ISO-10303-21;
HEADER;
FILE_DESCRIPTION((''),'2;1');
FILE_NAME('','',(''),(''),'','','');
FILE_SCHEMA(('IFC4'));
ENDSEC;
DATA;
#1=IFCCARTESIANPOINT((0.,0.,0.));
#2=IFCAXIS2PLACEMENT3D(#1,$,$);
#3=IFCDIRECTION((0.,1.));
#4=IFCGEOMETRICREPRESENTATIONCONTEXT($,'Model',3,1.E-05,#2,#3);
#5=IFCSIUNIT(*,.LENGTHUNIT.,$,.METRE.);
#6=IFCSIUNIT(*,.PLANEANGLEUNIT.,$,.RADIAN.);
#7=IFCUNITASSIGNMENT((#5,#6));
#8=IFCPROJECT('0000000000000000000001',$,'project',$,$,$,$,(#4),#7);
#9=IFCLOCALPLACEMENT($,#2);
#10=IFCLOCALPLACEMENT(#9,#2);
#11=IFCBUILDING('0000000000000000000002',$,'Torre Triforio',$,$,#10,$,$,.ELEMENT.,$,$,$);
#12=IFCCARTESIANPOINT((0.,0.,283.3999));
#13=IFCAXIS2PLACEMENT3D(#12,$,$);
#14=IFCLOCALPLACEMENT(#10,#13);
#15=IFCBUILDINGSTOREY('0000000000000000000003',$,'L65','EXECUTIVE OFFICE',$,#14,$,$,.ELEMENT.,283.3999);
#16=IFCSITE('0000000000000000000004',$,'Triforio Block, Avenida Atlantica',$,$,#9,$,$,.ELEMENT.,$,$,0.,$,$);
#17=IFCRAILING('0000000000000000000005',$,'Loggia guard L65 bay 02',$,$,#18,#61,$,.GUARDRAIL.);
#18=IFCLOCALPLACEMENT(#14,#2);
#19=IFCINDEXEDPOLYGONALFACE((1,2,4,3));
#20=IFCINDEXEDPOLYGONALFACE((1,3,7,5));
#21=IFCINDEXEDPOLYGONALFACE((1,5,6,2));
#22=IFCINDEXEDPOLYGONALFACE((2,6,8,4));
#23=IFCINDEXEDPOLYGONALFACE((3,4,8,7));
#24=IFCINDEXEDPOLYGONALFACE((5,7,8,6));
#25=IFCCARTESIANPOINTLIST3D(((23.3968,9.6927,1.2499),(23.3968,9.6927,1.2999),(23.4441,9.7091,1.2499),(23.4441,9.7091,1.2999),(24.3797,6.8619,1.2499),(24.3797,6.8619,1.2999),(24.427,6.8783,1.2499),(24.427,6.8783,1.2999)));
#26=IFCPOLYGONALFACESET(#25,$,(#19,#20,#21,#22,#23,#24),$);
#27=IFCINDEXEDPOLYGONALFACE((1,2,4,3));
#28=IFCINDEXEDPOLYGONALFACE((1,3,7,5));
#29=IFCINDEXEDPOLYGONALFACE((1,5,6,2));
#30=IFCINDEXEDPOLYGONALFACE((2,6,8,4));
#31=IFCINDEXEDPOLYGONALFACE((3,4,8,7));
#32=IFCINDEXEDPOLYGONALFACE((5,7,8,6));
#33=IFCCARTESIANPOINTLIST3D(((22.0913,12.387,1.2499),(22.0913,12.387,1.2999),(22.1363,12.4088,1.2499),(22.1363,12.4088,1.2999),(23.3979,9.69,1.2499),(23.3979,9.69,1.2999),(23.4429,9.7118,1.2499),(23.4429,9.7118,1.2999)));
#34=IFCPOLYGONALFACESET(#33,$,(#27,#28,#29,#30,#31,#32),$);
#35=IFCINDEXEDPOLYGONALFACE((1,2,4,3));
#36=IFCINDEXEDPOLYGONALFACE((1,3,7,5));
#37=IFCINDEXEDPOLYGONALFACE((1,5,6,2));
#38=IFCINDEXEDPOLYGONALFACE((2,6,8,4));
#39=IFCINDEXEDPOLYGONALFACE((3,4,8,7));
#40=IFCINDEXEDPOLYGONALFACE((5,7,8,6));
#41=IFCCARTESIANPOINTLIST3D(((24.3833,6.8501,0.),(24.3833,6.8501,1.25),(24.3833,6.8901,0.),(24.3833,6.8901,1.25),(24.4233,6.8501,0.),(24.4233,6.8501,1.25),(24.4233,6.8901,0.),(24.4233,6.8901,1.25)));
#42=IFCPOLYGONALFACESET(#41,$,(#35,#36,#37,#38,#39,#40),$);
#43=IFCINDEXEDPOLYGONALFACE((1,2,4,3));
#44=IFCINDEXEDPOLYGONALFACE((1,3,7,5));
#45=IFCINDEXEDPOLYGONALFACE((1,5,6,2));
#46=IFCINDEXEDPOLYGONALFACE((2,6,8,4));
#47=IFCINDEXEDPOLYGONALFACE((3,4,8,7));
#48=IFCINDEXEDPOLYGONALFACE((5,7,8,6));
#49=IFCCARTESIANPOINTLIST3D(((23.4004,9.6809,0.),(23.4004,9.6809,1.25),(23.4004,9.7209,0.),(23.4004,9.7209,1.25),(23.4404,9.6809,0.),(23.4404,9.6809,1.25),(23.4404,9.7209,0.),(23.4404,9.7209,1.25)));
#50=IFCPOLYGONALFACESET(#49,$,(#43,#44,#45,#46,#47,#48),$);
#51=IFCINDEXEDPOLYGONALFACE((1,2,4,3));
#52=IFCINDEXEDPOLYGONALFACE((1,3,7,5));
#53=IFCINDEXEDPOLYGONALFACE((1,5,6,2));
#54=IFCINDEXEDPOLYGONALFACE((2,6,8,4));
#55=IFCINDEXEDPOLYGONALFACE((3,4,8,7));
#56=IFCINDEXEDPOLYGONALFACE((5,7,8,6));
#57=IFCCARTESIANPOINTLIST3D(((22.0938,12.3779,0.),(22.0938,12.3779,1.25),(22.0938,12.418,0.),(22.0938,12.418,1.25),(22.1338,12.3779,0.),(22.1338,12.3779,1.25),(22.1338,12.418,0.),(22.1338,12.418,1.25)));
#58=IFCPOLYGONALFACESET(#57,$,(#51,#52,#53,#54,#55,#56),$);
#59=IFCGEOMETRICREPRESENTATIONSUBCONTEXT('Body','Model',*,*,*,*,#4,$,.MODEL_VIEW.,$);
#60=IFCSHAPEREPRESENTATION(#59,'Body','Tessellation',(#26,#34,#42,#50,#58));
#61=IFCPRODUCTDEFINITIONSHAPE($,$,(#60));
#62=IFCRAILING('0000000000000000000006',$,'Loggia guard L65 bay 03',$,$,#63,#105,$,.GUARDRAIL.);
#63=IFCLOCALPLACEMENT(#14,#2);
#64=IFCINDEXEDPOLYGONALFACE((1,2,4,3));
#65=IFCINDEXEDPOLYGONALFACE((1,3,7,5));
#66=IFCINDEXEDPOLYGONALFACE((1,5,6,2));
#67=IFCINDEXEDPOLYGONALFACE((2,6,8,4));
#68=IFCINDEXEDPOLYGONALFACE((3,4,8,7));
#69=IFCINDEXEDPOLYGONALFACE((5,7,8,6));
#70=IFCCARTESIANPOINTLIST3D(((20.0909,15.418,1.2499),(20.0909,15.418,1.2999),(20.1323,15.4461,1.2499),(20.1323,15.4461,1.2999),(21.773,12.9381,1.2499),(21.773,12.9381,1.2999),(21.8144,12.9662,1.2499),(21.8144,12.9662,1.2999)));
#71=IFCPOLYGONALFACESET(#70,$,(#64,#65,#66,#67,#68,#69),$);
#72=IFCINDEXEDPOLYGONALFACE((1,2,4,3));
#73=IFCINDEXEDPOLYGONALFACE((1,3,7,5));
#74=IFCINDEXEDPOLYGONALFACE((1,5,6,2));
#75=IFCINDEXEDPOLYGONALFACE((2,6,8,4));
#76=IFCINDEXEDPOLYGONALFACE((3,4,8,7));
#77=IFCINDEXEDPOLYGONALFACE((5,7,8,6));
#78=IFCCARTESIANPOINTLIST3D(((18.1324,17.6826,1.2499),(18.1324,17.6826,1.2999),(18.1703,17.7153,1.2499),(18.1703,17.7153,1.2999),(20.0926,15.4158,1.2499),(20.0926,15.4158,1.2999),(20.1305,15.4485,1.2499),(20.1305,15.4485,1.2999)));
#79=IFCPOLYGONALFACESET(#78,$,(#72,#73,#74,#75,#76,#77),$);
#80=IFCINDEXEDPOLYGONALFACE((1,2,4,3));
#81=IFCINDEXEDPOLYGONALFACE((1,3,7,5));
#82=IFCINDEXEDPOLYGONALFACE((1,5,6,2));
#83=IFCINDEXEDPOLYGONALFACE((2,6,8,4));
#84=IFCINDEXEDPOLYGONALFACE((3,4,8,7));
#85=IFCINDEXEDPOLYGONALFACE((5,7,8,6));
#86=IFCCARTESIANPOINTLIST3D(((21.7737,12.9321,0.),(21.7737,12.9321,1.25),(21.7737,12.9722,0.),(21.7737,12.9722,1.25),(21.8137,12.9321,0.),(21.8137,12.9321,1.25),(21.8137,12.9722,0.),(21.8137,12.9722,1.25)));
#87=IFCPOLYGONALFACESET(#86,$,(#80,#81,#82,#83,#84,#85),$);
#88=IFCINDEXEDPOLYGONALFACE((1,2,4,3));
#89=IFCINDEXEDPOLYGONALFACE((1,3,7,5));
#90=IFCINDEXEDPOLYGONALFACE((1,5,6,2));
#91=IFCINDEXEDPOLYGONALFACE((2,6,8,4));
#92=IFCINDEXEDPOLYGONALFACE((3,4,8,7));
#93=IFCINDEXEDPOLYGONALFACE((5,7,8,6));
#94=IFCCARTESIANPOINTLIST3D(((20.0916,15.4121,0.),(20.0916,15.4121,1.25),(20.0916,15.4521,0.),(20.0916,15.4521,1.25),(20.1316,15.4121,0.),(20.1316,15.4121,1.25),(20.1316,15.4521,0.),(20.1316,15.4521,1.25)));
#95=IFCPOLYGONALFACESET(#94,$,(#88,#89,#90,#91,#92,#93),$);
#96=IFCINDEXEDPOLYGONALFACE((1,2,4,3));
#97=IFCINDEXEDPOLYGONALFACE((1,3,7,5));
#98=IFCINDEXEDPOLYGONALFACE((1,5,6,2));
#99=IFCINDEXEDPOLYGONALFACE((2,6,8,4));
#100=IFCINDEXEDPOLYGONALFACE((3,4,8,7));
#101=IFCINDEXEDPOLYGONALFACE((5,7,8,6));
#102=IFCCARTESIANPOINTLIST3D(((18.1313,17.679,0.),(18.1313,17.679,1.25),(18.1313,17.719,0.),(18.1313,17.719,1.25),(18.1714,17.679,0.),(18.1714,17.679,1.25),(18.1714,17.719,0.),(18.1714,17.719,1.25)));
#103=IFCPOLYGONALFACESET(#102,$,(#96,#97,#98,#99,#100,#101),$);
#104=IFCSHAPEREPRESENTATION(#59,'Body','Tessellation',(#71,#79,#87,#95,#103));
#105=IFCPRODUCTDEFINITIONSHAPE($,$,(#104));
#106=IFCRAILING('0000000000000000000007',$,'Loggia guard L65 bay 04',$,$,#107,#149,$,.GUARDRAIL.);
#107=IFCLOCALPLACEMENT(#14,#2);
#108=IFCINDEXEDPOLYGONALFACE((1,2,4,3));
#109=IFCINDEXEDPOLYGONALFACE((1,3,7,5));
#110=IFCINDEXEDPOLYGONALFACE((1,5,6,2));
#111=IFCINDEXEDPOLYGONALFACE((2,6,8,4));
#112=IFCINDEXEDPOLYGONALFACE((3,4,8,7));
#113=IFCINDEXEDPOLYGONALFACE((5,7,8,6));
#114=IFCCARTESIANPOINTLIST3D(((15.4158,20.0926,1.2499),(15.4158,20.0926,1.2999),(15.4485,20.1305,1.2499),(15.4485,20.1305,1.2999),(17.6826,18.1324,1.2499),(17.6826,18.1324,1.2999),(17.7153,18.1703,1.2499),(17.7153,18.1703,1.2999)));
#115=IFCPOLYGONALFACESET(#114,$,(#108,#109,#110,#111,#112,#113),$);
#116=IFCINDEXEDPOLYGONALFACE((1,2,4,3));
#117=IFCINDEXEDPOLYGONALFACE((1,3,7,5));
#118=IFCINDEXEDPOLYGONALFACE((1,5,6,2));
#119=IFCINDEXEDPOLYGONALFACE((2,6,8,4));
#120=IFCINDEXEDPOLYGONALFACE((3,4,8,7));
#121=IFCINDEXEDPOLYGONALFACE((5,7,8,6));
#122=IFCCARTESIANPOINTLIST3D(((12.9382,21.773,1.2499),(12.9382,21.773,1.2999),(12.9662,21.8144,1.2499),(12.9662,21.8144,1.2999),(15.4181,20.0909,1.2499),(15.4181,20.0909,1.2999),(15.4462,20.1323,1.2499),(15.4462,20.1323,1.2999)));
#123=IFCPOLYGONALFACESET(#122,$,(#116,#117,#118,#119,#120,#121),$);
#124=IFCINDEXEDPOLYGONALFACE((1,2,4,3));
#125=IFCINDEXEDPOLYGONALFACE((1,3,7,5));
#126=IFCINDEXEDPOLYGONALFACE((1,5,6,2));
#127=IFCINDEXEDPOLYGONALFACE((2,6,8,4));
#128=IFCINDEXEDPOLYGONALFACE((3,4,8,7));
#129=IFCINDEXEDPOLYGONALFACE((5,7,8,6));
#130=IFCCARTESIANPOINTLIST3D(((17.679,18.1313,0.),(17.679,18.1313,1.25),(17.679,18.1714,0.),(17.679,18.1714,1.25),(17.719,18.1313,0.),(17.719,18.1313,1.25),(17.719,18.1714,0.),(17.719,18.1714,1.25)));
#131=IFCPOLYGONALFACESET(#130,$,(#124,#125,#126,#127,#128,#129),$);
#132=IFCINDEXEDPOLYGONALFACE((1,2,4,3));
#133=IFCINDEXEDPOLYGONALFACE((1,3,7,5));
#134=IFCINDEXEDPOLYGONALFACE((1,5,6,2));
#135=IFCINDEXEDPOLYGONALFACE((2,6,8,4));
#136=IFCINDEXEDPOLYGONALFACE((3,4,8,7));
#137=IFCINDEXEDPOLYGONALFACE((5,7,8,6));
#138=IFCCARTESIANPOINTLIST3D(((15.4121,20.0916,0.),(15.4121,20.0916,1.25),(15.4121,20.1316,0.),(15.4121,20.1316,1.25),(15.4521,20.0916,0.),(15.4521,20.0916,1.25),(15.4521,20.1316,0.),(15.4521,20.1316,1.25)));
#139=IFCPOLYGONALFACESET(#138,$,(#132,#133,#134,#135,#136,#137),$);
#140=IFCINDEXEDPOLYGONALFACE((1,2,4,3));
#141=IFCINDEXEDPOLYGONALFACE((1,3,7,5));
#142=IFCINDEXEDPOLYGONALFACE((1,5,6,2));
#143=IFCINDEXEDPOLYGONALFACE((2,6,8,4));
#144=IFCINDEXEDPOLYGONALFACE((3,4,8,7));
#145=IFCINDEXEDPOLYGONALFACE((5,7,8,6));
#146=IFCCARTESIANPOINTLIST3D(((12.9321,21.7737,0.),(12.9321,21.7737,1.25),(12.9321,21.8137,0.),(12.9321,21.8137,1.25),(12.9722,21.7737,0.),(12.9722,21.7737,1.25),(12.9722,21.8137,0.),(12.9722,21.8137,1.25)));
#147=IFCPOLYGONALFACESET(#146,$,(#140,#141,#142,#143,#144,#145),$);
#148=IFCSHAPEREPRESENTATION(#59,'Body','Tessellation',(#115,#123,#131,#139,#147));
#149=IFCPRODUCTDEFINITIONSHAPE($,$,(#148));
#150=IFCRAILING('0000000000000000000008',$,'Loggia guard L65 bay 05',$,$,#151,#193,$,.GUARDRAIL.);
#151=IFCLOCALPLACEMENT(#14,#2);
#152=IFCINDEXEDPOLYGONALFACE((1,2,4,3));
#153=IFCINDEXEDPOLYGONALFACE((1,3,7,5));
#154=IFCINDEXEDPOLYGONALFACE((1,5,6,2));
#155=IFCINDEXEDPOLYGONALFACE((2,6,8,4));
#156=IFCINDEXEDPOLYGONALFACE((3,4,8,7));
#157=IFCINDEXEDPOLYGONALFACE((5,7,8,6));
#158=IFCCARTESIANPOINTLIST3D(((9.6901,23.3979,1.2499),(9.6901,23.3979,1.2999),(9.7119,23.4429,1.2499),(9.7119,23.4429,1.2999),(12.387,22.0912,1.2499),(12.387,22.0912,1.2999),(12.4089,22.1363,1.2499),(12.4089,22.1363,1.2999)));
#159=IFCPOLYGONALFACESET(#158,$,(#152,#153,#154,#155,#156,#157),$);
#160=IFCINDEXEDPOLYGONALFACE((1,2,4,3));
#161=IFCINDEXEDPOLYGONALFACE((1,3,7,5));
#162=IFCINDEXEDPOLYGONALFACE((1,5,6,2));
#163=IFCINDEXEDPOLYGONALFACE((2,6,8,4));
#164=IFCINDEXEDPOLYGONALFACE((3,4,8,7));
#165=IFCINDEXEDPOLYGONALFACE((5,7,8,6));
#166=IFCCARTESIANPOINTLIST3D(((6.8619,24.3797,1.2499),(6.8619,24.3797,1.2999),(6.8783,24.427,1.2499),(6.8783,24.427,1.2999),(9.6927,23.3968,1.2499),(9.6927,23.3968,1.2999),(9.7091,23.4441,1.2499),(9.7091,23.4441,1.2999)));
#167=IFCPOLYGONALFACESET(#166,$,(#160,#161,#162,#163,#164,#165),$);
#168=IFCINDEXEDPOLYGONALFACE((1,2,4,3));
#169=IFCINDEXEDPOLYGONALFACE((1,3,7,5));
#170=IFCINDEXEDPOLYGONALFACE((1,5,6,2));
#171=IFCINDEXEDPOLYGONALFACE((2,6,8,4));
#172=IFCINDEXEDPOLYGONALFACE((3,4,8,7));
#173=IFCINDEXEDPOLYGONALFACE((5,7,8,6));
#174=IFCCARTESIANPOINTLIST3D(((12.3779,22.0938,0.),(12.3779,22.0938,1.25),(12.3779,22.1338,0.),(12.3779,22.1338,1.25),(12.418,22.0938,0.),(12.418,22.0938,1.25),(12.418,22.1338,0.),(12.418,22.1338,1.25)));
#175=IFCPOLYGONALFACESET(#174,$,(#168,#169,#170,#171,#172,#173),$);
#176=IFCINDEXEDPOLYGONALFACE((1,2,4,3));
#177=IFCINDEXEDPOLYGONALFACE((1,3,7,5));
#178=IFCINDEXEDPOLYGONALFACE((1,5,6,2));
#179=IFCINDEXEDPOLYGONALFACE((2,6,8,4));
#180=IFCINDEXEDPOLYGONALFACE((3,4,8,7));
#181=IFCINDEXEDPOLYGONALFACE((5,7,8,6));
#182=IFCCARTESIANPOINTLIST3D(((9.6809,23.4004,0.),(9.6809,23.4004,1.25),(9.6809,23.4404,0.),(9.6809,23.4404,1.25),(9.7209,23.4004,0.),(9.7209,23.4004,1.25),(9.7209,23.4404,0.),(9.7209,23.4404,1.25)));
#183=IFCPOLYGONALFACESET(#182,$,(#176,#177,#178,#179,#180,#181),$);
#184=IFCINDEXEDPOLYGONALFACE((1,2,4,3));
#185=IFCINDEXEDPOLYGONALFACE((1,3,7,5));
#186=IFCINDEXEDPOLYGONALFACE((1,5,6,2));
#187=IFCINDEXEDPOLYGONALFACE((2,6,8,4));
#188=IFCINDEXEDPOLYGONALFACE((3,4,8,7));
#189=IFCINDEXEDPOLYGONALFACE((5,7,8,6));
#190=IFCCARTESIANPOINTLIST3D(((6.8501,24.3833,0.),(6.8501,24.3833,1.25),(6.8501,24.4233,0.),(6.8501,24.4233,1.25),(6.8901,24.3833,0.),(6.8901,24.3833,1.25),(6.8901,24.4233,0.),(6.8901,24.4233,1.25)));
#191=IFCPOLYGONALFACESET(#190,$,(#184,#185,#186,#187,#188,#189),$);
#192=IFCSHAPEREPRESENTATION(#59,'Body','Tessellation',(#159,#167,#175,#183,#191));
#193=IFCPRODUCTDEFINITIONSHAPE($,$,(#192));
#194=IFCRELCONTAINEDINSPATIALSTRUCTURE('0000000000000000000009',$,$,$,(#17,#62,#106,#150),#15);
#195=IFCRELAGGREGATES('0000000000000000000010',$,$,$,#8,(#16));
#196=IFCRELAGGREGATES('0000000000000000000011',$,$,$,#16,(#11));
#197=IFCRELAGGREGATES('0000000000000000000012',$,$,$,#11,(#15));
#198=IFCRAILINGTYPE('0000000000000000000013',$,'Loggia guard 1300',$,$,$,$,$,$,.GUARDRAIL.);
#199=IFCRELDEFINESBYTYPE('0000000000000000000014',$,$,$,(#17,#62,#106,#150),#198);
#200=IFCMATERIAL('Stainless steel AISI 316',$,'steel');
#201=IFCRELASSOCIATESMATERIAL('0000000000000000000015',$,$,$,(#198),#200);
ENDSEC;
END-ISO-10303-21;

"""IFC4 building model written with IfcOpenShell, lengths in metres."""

from ifc_helpers import new_model, si_unit, direction, frame, origin, origin_2d, place, context, subcontext, project, spatial, rectangle, extrude, material, type_object, element, save


model = new_model("IFC4")

# Units and contexts
model_context = context("Model", 3, precision=1e-05, world=origin(), true_north=direction((0.0, 1.0)))
body_context = subcontext(model_context, "Body", "Model", "MODEL_VIEW")
ifc_project = project(units=[si_unit("LENGTHUNIT", "METRE"), si_unit("PLANEANGLEUNIT", "RADIAN")], contexts=[model_context])

# Site, building, storey
site_placement = place(None, origin())
site = spatial("IfcSite", under=ifc_project, at=site_placement, Name="Triforio Block, Avenida Atlantica", CompositionType="ELEMENT", RefElevation=0.0)
building_placement = place(site_placement, origin())
building = spatial("IfcBuilding", under=site, at=building_placement, Name="Torre Triforio", CompositionType="ELEMENT")
storey_placement = place(building_placement, frame((0.0, 0.0, 283.3999)))
storey = spatial("IfcBuildingStorey", under=building, at=storey_placement, Name="L65", Description="EXECUTIVE OFFICE", CompositionType="ELEMENT", Elevation=283.3999)

# Railings
ifc_material_1 = material(Name="Stainless steel AISI 316", Category="steel")
railing_type = type_object("IfcRailingType", Name="Loggia guard 1300", PredefinedType="GUARDRAIL", material=ifc_material_1)
railing_1_placement = place(storey_placement, frame((24.4033, 6.8701, 0.0)))
element("IfcRailing", 1, at=railing_1_placement, inside=storey, type_object=railing_type, Name="Loggia guard L65 bay 02", PredefinedType="GUARDRAIL", context=body_context, shape_type="SweptSolid", body=[
    extrude(rectangle(XDim=0.05, YDim=0.05, at=origin_2d()), frame((0.0, 0.0, 1.2749), z_axis=(-0.328009, 0.944675, 0.0), x_axis=(-0.944675, -0.328009, 0.0)), (0.0, 0.0, 1.0), 2.9966),
    extrude(rectangle(XDim=0.05, YDim=0.05, at=origin_2d()), frame((-0.9829, 2.8308, 1.2749), z_axis=(-0.436002, 0.899946, 0.0), x_axis=(-0.899946, -0.436002, 0.0)), (0.0, 0.0, 1.0), 2.9968),
    extrude(rectangle(XDim=0.04, YDim=0.04, at=origin_2d()), origin(), (0.0, 0.0, 1.0), 1.25),
    extrude(rectangle(XDim=0.04, YDim=0.04, at=origin_2d()), frame((-0.9829, 2.8308, 0.0)), (0.0, 0.0, 1.0), 1.25),
    extrude(rectangle(XDim=0.04, YDim=0.04, at=origin_2d()), frame((-2.2896, 5.5278, 0.0)), (0.0, 0.0, 1.0), 1.25),
])
railing_2_placement = place(storey_placement, frame((21.7937, 12.9521, 0.0)))
element("IfcRailing", 2, at=railing_2_placement, inside=storey, type_object=railing_type, Name="Loggia guard L65 bay 03", PredefinedType="GUARDRAIL", context=body_context, shape_type="SweptSolid", body=[
    extrude(rectangle(XDim=0.05, YDim=0.05, at=origin_2d()), frame((0.0, 0.0, 1.2749), z_axis=(-0.561338, 0.827587, 0.0), x_axis=(-0.827587, -0.561338, 0.0)), (0.0, 0.0, 1.0), 2.9966),
    extrude(rectangle(XDim=0.05, YDim=0.05, at=origin_2d()), frame((-1.6821, 2.48, 1.2749), z_axis=(-0.654093, 0.756414, 0.0), x_axis=(-0.756414, -0.654093, 0.0)), (0.0, 0.0, 1.0), 2.9968),
    extrude(rectangle(XDim=0.04, YDim=0.04, at=origin_2d()), origin(), (0.0, 0.0, 1.0), 1.25),
    extrude(rectangle(XDim=0.04, YDim=0.04, at=origin_2d()), frame((-1.6821, 2.48, 0.0)), (0.0, 0.0, 1.0), 1.25),
    extrude(rectangle(XDim=0.04, YDim=0.04, at=origin_2d()), frame((-3.6423, 4.7468, 0.0)), (0.0, 0.0, 1.0), 1.25),
])
railing_3_placement = place(storey_placement, frame((17.699, 18.1514, 0.0)))
element("IfcRailing", 3, at=railing_3_placement, inside=storey, type_object=railing_type, Name="Loggia guard L65 bay 04", PredefinedType="GUARDRAIL", context=body_context, shape_type="SweptSolid", body=[
    extrude(rectangle(XDim=0.05, YDim=0.05, at=origin_2d()), frame((0.0, 0.0, 1.2749), z_axis=(-0.756414, 0.654093, 0.0), x_axis=(-0.654093, -0.756414, 0.0)), (0.0, 0.0, 1.0), 2.9968),
    extrude(rectangle(XDim=0.05, YDim=0.05, at=origin_2d()), frame((-2.2668, 1.9602, 1.2749), z_axis=(-0.827587, 0.561338, 0.0), x_axis=(-0.561338, -0.827587, 0.0)), (0.0, 0.0, 1.0), 2.9966),
    extrude(rectangle(XDim=0.04, YDim=0.04, at=origin_2d()), origin(), (0.0, 0.0, 1.0), 1.25),
    extrude(rectangle(XDim=0.04, YDim=0.04, at=origin_2d()), frame((-2.2668, 1.9602, 0.0)), (0.0, 0.0, 1.0), 1.25),
    extrude(rectangle(XDim=0.04, YDim=0.04, at=origin_2d()), frame((-4.7468, 3.6423, 0.0)), (0.0, 0.0, 1.0), 1.25),
])
railing_4_placement = place(storey_placement, frame((12.3979, 22.1138, 0.0)))
element("IfcRailing", 4, at=railing_4_placement, inside=storey, type_object=railing_type, Name="Loggia guard L65 bay 05", PredefinedType="GUARDRAIL", context=body_context, shape_type="SweptSolid", body=[
    extrude(rectangle(XDim=0.05, YDim=0.05, at=origin_2d()), frame((0.0, 0.0, 1.2749), z_axis=(-0.899946, 0.436002, 0.0), x_axis=(-0.436002, -0.899946, 0.0)), (0.0, 0.0, 1.0), 2.9968),
    extrude(rectangle(XDim=0.05, YDim=0.05, at=origin_2d()), frame((-2.697, 1.3066, 1.2749), z_axis=(-0.944675, 0.328009, 0.0), x_axis=(-0.328009, -0.944675, 0.0)), (0.0, 0.0, 1.0), 2.9966),
    extrude(rectangle(XDim=0.04, YDim=0.04, at=origin_2d()), origin(), (0.0, 0.0, 1.0), 1.25),
    extrude(rectangle(XDim=0.04, YDim=0.04, at=origin_2d()), frame((-2.697, 1.3066, 0.0)), (0.0, 0.0, 1.0), 1.25),
    extrude(rectangle(XDim=0.04, YDim=0.04, at=origin_2d()), frame((-5.5278, 2.2896, 0.0)), (0.0, 0.0, 1.0), 1.25),
])

save(model, "model.ifc")
